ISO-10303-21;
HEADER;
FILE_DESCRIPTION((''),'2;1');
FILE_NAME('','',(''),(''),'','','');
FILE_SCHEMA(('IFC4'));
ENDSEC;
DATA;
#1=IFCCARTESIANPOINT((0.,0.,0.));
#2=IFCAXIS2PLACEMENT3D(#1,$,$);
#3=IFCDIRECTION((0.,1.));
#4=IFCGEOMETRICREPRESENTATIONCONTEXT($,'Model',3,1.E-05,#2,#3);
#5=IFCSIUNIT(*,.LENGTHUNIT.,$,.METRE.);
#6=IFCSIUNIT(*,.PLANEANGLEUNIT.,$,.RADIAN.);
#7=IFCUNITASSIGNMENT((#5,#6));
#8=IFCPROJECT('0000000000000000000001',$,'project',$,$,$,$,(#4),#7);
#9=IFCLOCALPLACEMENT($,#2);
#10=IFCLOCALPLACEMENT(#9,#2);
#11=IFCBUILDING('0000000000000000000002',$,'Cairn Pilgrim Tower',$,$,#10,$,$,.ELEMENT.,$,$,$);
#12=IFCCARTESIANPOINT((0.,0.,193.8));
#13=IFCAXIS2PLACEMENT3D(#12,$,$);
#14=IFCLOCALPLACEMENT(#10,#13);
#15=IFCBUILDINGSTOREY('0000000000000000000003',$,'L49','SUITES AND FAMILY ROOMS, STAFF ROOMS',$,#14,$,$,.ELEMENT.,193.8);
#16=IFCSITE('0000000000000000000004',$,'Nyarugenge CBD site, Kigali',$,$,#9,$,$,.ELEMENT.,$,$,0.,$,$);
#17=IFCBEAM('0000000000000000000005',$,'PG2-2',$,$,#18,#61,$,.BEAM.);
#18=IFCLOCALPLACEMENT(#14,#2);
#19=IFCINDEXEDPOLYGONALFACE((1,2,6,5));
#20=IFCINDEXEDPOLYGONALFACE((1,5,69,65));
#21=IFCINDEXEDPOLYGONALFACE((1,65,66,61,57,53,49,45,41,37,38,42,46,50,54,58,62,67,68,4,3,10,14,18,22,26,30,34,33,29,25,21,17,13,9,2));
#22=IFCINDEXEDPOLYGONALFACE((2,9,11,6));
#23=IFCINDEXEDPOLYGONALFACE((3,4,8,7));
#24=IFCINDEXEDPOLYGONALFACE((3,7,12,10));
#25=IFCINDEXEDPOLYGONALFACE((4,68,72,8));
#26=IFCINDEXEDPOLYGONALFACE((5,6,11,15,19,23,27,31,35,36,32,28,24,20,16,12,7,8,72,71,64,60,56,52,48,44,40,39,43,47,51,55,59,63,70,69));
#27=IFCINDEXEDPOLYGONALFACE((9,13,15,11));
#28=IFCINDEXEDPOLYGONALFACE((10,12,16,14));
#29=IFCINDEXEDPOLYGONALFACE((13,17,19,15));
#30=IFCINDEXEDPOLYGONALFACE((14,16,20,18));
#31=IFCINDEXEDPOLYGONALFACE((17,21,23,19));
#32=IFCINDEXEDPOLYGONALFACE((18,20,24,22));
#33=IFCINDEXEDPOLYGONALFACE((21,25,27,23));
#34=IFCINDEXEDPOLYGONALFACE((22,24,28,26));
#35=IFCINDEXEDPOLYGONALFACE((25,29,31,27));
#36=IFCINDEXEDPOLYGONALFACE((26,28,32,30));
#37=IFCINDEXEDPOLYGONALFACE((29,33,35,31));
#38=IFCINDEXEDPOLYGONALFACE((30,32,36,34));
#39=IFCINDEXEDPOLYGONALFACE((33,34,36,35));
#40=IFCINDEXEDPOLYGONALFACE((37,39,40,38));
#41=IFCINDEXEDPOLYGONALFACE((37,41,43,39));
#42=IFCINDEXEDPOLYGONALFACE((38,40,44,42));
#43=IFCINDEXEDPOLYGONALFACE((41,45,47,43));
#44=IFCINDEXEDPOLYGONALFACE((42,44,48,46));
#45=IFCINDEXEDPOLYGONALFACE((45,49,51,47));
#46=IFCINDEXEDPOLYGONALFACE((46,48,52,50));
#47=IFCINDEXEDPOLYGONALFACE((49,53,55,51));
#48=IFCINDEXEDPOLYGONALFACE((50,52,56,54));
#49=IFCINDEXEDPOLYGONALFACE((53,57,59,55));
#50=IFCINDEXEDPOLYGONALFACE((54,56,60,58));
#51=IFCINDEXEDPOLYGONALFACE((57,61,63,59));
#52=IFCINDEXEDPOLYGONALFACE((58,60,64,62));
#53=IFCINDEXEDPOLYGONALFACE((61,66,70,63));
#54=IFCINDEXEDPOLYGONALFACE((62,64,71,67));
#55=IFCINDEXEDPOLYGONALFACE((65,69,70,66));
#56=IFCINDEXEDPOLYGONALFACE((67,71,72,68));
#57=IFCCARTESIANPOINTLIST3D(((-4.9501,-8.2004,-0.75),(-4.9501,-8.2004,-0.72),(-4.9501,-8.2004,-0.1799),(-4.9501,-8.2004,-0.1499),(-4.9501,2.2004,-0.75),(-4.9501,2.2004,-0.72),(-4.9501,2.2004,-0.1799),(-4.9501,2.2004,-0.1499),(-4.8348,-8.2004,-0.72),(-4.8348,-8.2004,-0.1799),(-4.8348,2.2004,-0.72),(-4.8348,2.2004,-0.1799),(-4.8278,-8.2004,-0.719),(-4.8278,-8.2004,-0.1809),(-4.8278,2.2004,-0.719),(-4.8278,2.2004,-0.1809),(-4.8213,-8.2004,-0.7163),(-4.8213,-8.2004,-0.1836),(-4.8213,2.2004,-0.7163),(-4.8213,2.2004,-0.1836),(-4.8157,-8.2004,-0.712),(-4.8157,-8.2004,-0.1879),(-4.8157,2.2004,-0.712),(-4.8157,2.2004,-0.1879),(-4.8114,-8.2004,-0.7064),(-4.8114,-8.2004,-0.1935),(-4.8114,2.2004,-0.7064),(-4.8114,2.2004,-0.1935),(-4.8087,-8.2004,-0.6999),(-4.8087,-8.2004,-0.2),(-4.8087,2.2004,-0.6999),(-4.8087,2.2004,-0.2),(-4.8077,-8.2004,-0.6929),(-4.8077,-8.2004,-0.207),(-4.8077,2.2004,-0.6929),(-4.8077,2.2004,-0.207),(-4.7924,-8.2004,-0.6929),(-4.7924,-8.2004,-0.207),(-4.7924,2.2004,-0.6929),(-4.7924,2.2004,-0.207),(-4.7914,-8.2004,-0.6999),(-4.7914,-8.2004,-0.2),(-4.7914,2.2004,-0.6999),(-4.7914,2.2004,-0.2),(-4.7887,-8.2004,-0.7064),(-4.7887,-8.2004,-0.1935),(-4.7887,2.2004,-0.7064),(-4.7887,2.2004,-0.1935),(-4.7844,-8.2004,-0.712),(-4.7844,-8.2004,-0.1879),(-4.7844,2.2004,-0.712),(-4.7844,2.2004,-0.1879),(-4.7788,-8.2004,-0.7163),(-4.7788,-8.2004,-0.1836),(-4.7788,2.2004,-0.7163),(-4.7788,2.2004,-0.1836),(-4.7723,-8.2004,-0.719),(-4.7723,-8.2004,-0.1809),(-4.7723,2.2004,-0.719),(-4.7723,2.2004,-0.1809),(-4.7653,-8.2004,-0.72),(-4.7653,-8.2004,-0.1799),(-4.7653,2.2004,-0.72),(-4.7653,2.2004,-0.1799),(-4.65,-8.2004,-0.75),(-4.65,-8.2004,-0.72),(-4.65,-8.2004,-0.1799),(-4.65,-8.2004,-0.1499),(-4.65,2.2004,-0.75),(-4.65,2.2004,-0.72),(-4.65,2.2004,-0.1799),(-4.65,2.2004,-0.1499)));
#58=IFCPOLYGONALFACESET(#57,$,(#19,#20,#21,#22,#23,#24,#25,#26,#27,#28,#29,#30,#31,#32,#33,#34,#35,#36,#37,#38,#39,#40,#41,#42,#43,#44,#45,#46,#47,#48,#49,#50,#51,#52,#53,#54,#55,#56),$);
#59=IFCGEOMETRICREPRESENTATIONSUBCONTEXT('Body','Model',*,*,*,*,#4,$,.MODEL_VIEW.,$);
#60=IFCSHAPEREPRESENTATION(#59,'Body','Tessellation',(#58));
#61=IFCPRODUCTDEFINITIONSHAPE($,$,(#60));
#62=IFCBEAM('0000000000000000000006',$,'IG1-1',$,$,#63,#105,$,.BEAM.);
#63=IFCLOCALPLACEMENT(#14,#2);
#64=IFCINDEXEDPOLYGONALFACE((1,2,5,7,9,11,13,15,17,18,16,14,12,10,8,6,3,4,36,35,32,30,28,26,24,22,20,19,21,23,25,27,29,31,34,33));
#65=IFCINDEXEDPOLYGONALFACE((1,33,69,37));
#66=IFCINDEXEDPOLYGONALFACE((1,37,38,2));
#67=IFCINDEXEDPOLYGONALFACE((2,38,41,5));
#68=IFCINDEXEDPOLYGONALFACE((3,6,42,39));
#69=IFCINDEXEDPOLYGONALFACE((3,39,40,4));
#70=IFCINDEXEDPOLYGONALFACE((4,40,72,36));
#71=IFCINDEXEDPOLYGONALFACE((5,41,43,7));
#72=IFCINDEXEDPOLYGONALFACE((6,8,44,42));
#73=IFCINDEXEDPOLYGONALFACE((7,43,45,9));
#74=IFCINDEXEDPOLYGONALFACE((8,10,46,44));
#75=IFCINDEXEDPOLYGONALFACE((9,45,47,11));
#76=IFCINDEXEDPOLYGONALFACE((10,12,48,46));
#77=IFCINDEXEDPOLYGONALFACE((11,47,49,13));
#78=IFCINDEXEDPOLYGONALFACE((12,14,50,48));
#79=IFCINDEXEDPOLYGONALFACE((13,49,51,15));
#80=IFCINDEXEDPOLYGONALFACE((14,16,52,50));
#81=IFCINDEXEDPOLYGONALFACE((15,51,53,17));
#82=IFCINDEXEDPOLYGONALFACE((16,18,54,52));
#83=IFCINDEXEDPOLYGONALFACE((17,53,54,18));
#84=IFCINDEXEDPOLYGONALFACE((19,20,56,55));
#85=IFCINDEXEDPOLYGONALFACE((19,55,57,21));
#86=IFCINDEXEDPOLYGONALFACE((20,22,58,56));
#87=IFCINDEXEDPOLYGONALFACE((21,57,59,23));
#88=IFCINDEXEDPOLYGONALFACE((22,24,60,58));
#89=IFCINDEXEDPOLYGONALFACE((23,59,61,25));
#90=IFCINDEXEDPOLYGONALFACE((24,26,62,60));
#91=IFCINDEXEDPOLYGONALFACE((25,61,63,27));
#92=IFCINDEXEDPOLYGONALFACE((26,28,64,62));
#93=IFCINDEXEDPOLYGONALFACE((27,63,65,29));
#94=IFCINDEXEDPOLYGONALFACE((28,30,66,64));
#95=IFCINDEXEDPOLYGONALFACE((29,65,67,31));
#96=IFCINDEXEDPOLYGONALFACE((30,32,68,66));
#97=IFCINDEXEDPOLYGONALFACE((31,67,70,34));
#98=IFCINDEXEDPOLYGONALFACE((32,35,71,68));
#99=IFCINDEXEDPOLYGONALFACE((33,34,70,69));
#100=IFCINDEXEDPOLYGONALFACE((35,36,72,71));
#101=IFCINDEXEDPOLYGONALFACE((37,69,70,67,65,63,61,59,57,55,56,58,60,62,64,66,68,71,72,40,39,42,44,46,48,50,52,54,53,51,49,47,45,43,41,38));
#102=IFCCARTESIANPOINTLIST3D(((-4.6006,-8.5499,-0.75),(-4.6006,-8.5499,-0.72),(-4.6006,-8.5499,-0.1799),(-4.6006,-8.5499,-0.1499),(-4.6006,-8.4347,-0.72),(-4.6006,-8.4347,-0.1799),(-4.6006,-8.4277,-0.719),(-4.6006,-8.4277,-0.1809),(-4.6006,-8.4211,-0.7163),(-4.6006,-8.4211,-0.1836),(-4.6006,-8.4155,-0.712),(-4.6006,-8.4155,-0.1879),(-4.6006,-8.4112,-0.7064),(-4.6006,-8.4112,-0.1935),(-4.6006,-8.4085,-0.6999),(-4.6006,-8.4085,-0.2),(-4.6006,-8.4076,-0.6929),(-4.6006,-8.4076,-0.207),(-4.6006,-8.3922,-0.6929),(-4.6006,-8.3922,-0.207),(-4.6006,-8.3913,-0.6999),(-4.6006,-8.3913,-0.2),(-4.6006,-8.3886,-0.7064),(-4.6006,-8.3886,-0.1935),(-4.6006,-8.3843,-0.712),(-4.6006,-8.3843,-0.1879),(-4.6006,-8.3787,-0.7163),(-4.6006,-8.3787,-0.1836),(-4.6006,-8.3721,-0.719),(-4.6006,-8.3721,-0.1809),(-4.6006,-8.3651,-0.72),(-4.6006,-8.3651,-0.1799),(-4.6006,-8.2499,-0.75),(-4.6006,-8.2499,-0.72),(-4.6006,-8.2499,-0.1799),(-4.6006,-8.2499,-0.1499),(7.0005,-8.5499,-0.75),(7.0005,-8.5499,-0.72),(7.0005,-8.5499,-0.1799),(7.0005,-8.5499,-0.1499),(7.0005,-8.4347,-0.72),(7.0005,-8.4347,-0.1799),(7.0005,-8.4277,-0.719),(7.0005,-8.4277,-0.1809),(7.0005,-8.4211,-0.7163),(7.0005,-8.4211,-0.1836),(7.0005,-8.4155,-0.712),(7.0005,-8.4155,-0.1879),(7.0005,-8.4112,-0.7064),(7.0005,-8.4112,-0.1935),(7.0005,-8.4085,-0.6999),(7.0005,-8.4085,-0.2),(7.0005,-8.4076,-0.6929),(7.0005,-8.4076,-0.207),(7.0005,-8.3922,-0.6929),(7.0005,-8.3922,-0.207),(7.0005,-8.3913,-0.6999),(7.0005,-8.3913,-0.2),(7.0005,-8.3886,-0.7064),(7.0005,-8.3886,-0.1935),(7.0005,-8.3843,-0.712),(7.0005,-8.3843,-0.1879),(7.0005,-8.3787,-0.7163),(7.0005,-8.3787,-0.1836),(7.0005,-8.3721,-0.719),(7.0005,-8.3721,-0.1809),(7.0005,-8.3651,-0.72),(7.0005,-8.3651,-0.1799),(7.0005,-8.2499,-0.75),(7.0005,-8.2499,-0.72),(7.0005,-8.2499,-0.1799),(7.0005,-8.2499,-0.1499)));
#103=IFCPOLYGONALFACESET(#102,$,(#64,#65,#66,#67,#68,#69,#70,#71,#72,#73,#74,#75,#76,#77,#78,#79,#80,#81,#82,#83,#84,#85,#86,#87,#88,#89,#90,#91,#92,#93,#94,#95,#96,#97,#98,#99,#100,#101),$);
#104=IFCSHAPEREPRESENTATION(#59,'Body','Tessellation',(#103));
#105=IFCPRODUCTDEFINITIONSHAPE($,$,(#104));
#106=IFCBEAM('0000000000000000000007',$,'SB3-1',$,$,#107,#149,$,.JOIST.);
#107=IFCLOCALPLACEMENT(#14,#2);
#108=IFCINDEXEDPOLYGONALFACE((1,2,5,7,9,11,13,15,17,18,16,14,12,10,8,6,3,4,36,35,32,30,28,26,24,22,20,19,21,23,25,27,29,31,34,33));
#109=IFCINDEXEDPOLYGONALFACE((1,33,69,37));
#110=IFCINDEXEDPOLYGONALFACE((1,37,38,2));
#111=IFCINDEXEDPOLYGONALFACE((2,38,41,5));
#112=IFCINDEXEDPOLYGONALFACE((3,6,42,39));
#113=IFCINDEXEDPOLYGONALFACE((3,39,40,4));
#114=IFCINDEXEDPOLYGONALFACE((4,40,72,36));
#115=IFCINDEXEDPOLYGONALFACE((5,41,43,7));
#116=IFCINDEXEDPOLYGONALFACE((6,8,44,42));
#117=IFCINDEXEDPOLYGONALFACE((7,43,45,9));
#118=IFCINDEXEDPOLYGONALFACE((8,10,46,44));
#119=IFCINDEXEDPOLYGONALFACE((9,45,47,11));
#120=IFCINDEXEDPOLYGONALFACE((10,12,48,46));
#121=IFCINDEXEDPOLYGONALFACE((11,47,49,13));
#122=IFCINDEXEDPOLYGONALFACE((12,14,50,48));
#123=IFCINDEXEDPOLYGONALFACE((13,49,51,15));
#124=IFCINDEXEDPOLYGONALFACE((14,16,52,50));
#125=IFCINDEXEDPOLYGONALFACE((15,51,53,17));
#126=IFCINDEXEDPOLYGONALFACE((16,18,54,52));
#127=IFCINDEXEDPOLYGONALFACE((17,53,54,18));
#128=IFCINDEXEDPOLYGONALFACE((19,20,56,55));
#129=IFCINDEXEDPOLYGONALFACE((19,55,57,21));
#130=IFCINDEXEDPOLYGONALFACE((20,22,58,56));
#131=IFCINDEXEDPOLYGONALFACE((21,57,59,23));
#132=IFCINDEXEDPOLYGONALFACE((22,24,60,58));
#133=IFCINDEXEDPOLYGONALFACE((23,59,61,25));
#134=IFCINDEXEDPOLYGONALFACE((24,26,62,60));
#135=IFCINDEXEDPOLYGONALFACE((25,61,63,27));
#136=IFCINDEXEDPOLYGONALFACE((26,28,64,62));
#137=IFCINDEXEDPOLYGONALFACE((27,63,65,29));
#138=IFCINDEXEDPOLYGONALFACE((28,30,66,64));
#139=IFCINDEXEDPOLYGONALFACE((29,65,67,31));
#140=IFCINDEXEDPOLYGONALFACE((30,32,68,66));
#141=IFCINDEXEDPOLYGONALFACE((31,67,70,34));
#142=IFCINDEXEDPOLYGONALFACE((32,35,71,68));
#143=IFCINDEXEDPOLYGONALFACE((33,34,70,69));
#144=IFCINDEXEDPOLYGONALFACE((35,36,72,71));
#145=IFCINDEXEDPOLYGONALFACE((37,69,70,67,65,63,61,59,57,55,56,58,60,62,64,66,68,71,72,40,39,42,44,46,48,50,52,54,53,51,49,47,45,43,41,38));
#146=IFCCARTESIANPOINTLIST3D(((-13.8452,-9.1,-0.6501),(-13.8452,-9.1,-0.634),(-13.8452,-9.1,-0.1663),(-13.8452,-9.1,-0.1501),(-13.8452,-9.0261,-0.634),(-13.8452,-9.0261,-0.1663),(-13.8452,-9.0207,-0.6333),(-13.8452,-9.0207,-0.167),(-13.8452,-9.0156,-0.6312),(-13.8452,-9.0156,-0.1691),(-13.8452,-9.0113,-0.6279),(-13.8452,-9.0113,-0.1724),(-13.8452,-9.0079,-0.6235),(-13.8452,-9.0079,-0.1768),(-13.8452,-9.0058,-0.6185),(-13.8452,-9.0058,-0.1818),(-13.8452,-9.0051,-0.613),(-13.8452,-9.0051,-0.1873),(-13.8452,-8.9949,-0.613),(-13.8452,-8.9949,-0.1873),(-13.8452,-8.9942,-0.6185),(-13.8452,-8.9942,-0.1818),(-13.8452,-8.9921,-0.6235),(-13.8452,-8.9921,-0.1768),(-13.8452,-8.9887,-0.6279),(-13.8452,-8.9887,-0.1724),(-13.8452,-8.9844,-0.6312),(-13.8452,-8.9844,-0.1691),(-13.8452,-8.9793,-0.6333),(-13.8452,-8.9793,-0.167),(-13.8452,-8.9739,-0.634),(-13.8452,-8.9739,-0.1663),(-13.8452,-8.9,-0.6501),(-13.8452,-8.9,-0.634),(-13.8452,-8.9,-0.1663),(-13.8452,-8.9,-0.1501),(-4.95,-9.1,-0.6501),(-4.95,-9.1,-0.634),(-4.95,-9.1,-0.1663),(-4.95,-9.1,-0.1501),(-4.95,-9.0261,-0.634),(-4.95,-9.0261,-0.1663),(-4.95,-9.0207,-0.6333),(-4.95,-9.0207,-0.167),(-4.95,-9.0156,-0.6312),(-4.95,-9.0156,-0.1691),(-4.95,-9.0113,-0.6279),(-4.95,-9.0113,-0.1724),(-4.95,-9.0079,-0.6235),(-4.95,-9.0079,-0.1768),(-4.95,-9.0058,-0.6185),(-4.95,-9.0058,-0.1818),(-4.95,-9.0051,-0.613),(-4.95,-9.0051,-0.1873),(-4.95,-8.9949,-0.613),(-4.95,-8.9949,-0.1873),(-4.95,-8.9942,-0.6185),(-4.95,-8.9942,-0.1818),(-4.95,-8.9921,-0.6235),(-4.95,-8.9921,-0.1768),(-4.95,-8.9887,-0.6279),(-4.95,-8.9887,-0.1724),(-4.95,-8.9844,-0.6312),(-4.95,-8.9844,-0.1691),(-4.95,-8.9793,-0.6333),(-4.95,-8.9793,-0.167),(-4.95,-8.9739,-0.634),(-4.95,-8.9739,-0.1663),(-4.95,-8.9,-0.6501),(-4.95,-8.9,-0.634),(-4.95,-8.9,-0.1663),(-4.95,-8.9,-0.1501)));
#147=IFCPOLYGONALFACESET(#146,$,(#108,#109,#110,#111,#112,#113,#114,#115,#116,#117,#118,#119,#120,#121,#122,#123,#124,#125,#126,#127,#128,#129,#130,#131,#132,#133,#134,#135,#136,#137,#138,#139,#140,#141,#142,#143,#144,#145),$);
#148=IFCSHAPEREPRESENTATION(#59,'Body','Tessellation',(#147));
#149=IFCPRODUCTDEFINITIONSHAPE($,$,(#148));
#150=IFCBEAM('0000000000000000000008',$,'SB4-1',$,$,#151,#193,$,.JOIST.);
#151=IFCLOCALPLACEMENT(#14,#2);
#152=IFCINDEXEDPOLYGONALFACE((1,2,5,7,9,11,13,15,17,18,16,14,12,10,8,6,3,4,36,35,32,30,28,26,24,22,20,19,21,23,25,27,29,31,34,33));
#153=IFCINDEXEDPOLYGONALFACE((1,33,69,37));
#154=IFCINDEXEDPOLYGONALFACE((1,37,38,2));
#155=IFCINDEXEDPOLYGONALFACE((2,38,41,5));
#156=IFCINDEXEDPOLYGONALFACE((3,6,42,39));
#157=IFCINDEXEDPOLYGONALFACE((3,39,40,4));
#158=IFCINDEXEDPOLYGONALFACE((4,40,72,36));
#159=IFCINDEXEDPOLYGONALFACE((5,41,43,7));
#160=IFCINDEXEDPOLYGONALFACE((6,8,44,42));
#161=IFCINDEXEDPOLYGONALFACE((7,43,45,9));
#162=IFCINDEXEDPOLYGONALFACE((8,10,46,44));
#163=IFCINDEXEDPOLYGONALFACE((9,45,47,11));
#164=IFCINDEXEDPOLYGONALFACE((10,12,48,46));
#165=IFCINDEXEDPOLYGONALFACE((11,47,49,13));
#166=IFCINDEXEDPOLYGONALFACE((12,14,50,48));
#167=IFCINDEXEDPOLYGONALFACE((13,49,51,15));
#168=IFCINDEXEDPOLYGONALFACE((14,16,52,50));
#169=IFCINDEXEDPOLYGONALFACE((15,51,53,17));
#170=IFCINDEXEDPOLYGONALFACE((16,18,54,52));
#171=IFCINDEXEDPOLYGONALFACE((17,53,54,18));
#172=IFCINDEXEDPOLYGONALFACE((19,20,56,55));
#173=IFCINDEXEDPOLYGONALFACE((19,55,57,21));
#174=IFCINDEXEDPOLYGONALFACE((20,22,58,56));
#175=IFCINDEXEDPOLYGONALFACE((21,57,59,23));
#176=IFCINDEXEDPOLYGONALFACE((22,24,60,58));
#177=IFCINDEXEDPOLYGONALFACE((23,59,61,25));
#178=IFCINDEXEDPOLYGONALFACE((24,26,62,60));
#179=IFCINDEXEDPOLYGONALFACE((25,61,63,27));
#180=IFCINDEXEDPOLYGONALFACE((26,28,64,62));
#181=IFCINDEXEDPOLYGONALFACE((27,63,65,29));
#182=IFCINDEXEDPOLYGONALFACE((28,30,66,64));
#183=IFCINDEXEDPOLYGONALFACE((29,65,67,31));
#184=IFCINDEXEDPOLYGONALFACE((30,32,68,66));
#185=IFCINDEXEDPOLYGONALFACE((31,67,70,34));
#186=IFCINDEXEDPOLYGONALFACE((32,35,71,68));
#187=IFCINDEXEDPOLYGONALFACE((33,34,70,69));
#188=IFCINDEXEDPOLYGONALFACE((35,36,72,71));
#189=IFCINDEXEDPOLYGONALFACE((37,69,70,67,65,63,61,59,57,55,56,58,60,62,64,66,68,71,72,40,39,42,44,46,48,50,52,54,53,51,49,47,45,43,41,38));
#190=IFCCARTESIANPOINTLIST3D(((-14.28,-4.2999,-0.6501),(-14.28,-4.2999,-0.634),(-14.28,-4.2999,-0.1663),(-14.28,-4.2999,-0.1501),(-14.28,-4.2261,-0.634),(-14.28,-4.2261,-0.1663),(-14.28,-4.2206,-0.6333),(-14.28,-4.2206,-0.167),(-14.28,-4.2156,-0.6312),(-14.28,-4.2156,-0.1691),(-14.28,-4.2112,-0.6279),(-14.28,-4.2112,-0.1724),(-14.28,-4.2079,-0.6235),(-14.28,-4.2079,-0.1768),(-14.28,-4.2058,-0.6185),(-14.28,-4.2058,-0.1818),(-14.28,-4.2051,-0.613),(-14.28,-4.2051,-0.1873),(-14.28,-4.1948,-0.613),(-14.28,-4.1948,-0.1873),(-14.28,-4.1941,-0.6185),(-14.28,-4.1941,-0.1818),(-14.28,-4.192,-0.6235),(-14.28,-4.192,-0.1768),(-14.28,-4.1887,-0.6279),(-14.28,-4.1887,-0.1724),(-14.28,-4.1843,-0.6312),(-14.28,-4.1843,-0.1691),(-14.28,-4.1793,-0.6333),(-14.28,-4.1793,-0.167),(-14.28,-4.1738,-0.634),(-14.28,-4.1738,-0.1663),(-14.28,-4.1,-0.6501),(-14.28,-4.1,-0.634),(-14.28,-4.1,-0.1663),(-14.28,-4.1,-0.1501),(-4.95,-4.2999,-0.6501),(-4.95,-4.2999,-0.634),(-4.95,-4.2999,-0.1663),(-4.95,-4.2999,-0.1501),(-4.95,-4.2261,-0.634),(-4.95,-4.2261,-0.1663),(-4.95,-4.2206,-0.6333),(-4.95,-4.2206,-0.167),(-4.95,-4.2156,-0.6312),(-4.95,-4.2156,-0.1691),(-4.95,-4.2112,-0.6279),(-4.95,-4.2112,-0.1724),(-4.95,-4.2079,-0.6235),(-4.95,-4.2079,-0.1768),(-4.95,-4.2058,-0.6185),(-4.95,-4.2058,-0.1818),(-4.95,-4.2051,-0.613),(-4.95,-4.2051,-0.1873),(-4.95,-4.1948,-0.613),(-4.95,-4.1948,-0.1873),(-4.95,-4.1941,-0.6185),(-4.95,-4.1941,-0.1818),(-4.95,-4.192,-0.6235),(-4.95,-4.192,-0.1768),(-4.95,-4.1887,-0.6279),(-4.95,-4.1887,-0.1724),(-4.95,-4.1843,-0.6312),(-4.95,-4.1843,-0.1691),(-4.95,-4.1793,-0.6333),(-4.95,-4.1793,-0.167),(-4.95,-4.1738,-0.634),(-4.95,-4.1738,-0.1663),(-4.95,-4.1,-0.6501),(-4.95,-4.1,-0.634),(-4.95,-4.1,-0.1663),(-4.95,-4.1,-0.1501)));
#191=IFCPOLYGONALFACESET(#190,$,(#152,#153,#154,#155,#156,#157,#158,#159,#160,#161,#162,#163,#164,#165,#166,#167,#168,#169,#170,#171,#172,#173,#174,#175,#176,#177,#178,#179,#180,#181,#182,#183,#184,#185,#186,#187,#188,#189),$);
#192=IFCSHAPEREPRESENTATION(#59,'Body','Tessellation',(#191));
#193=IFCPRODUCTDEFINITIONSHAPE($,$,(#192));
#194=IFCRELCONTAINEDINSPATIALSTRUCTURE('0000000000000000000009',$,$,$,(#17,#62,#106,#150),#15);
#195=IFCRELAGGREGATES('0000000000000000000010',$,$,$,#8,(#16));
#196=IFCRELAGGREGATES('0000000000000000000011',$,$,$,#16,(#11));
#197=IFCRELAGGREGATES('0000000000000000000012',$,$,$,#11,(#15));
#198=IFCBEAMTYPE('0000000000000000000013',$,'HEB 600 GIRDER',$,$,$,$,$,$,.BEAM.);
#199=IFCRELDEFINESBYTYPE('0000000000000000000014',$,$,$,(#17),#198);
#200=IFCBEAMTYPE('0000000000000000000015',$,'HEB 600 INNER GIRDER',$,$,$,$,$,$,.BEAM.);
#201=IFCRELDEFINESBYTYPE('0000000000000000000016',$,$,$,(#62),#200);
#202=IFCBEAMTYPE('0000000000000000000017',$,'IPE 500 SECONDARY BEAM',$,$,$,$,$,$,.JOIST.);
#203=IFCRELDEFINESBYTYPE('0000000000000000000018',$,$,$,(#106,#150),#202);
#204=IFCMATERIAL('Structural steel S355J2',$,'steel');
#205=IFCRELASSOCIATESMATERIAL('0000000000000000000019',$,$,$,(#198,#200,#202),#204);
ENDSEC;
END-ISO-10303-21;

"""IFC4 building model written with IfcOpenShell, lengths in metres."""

from ifc_helpers import new_model, si_unit, direction, frame, origin, origin_2d, place, context, subcontext, project, spatial, i_section, extrude, material, material_profile, profile_set, type_object, element, save


model = new_model("IFC4")

# Units and contexts
model_context = context("Model", 3, precision=1e-05, world=origin(), true_north=direction((0.0, 1.0)))
body_context = subcontext(model_context, "Body", "Model", "MODEL_VIEW")
ifc_project = project(units=[si_unit("LENGTHUNIT", "METRE"), si_unit("PLANEANGLEUNIT", "RADIAN")], contexts=[model_context])

# Site, building, storey
site_placement = place(None, origin())
site = spatial("IfcSite", under=ifc_project, at=site_placement, Name="Nyarugenge CBD site, Kigali", CompositionType="ELEMENT", RefElevation=0.0)
building_placement = place(site_placement, origin())
building = spatial("IfcBuilding", under=site, at=building_placement, Name="Cairn Pilgrim Tower", CompositionType="ELEMENT")
storey_placement = place(building_placement, frame((0.0, 0.0, 193.8)))
storey = spatial("IfcBuildingStorey", under=building, at=storey_placement, Name="L49", Description="SUITES AND FAMILY ROOMS, STAFF ROOMS", CompositionType="ELEMENT", Elevation=193.8)

# Shared definitions
ifc_material_1 = material(Name="Structural steel S355J2", Category="steel")

# Beams
ifc_material_profile_1 = material_profile(ifc_material_1, i_section(OverallWidth=0.3, OverallDepth=0.6001, WebThickness=0.0154, FlangeThickness=0.03, FilletRadius=0.0271, at=origin_2d()), Name="HEB 600")
ifc_profile_set_1 = profile_set([ifc_material_profile_1], Name="Structural steel S355J2")
beam_type_1 = type_object("IfcBeamType", Name="HEB 600 GIRDER", PredefinedType="BEAM", material=ifc_profile_set_1)
beam_1_placement = place(storey_placement, frame((-4.8, -8.2004, -0.45), z_axis=(0.0, 1.0, 0.0), x_axis=(-1.0, 0.0, 0.0)))
element("IfcBeam", 1, at=beam_1_placement, inside=storey, type_object=beam_type_1, Name="PG2-2", PredefinedType="BEAM", context=body_context, shape_type="SweptSolid", body=[
    extrude(i_section(OverallWidth=0.3, OverallDepth=0.6001, WebThickness=0.0154, FlangeThickness=0.03, FilletRadius=0.0271, at=origin_2d()), origin(), (0.0, 0.0, 1.0), 10.4009),
])
ifc_material_profile_2 = material_profile(ifc_material_1, i_section(OverallWidth=0.3, OverallDepth=0.6001, WebThickness=0.0154, FlangeThickness=0.03, FilletRadius=0.0271, at=origin_2d()), Name="HEB 600")
ifc_profile_set_2 = profile_set([ifc_material_profile_2], Name="Structural steel S355J2")
beam_type_2 = type_object("IfcBeamType", Name="HEB 600 INNER GIRDER", PredefinedType="BEAM", material=ifc_profile_set_2)
beam_2_placement = place(storey_placement, frame((-4.6006, -8.3999, -0.45), z_axis=(1.0, 0.0, 0.0), x_axis=(0.0, 1.0, 0.0)))
element("IfcBeam", 2, at=beam_2_placement, inside=storey, type_object=beam_type_2, Name="IG1-1", PredefinedType="BEAM", context=body_context, shape_type="SweptSolid", body=[
    extrude(i_section(OverallWidth=0.3, OverallDepth=0.6001, WebThickness=0.0154, FlangeThickness=0.03, FilletRadius=0.0271, at=origin_2d()), origin(), (0.0, 0.0, 1.0), 11.6011),
])
ifc_material_profile_3 = material_profile(ifc_material_1, i_section(OverallWidth=0.2, OverallDepth=0.5, WebThickness=0.0103, FlangeThickness=0.0161, FilletRadius=0.021, at=origin_2d()), Name="IPE 500")
ifc_profile_set_3 = profile_set([ifc_material_profile_3], Name="Structural steel S355J2")
beam_type_3 = type_object("IfcBeamType", Name="IPE 500 SECONDARY BEAM", PredefinedType="JOIST", material=ifc_profile_set_3)
beam_3_placement = place(storey_placement, frame((-13.8452, -9.0, -0.4001), z_axis=(1.0, 0.0, 0.0), x_axis=(0.0, 1.0, 0.0)))
element("IfcBeam", 3, at=beam_3_placement, inside=storey, type_object=beam_type_3, Name="SB3-1", PredefinedType="JOIST", context=body_context, shape_type="SweptSolid", body=[
    extrude(i_section(OverallWidth=0.2, OverallDepth=0.5, WebThickness=0.0103, FlangeThickness=0.0161, FilletRadius=0.021, at=origin_2d()), origin(), (0.0, 0.0, 1.0), 8.8953),
])
beam_4_placement = place(storey_placement, frame((-14.28, -4.2, -0.4001), z_axis=(1.0, 0.0, 0.0), x_axis=(0.0, 1.0, 0.0)))
element("IfcBeam", 4, at=beam_4_placement, inside=storey, type_object=beam_type_3, Name="SB4-1", PredefinedType="JOIST", context=body_context, shape_type="SweptSolid", body=[
    extrude(i_section(OverallWidth=0.2, OverallDepth=0.5, WebThickness=0.0103, FlangeThickness=0.0161, FilletRadius=0.021, at=origin_2d()), origin(), (0.0, 0.0, 1.0), 9.3301),
])

save(model, "model.ifc")
